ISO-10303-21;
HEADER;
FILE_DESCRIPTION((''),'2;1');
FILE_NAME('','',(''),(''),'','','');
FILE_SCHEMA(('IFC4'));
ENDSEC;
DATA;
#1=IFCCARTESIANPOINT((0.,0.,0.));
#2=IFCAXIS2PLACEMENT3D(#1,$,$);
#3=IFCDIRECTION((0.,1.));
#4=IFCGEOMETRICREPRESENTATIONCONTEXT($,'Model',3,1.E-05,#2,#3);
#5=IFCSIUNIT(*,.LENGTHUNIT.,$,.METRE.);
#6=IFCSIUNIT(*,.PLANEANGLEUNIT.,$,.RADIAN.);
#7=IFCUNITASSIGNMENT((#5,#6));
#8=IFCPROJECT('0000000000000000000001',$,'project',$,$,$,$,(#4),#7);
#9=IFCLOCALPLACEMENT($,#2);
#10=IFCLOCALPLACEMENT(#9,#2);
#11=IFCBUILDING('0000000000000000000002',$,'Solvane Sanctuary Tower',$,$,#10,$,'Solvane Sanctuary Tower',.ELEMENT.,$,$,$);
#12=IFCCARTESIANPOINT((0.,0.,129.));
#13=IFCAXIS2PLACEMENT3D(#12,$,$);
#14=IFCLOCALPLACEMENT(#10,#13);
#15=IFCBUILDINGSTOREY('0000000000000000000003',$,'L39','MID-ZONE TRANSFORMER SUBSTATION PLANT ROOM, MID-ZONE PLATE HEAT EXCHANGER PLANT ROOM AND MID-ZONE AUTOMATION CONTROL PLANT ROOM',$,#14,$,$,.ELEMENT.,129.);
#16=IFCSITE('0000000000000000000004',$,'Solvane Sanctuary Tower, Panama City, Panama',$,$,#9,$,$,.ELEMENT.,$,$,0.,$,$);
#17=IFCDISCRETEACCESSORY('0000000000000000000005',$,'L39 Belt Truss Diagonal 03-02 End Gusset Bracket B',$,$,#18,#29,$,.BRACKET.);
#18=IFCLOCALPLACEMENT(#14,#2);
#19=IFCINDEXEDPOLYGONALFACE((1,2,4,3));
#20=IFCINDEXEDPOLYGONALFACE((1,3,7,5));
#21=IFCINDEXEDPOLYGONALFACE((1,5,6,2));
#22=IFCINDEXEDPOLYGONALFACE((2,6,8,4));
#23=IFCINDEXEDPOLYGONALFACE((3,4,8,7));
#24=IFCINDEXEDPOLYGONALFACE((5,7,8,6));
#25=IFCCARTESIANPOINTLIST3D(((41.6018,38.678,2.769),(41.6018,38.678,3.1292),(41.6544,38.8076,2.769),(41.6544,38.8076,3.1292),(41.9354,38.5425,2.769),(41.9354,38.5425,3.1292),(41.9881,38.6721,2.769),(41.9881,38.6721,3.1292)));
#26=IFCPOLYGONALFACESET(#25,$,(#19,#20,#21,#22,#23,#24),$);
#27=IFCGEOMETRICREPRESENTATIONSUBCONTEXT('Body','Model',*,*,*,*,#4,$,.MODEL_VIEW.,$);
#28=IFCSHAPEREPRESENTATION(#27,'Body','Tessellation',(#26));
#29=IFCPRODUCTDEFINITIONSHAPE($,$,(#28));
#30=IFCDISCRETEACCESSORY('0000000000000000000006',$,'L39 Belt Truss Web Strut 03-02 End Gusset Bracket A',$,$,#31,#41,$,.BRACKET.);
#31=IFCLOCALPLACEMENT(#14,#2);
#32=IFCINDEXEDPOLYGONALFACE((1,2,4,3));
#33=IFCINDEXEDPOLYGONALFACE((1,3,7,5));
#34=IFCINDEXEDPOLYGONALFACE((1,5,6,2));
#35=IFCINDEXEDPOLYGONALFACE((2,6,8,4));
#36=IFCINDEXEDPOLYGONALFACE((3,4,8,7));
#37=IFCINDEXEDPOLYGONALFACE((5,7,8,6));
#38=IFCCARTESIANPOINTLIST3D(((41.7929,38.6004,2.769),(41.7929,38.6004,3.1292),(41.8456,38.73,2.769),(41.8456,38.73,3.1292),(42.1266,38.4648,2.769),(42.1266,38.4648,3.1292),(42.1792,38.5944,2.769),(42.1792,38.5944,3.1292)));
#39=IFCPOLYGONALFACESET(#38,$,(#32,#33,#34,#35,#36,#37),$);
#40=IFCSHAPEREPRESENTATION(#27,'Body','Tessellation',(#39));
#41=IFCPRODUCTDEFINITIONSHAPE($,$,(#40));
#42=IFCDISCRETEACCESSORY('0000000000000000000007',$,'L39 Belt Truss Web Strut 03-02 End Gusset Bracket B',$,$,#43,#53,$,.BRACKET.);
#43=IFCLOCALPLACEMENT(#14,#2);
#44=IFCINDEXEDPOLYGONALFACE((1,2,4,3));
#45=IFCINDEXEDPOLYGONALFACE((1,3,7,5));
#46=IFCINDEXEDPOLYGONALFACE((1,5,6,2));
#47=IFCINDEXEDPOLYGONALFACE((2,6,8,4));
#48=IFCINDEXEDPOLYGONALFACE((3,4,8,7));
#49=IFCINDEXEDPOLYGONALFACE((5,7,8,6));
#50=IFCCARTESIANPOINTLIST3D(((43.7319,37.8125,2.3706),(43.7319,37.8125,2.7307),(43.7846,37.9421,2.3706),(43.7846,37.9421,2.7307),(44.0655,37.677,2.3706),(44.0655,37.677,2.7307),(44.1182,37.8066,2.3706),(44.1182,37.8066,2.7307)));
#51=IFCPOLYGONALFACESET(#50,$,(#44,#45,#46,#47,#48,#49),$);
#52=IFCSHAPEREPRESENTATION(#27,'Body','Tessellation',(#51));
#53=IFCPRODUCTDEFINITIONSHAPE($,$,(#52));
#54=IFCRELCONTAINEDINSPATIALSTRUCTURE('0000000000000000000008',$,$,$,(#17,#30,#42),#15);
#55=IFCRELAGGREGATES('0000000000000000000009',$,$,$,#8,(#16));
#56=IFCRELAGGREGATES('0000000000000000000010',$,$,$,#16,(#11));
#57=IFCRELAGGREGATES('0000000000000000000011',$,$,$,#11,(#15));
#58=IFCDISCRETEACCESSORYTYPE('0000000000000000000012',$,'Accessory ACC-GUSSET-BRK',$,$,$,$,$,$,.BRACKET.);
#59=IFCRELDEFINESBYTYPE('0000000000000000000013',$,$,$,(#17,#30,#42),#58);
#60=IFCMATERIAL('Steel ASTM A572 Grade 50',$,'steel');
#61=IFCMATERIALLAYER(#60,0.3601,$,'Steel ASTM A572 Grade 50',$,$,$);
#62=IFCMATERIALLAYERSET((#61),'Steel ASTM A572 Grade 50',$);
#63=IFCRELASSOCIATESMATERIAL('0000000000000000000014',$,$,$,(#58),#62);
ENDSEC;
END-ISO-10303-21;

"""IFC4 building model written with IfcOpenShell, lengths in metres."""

from ifc_helpers import new_model, si_unit, direction, frame, origin, origin_2d, place, context, subcontext, project, spatial, rectangle, extrude, material, layer, layer_set, type_object, element, save


model = new_model("IFC4")

# Units and contexts
model_context = context("Model", 3, precision=1e-05, world=origin(), true_north=direction((0.0, 1.0)))
body_context = subcontext(model_context, "Body", "Model", "MODEL_VIEW")
ifc_project = project(units=[si_unit("LENGTHUNIT", "METRE"), si_unit("PLANEANGLEUNIT", "RADIAN")], contexts=[model_context])

# Site, building, storey
site_placement = place(None, origin())
site = spatial("IfcSite", under=ifc_project, at=site_placement, Name="Solvane Sanctuary Tower, Panama City, Panama", CompositionType="ELEMENT", RefElevation=0.0)
building_placement = place(site_placement, origin())
building = spatial("IfcBuilding", under=site, at=building_placement, Name="Solvane Sanctuary Tower", LongName="Solvane Sanctuary Tower", CompositionType="ELEMENT")
storey_placement = place(building_placement, frame((0.0, 0.0, 129.0)))
storey = spatial("IfcBuildingStorey", under=building, at=storey_placement, Name="L39", Description="MID-ZONE TRANSFORMER SUBSTATION PLANT ROOM, MID-ZONE PLATE HEAT EXCHANGER PLANT ROOM AND MID-ZONE AUTOMATION CONTROL PLANT ROOM", CompositionType="ELEMENT", Elevation=129.0)

# Discrete accessories
ifc_material_1 = material(Name="Steel ASTM A572 Grade 50", Category="steel")
ifc_layer_1 = layer(ifc_material_1, 0.3601, Name="Steel ASTM A572 Grade 50")
ifc_layer_set_1 = layer_set([ifc_layer_1], Name="Steel ASTM A572 Grade 50")
discrete_accessory_type = type_object("IfcDiscreteAccessoryType", Name="Accessory ACC-GUSSET-BRK", PredefinedType="BRACKET", material=ifc_layer_set_1)
for number, where, z_axis, x_axis, name in (
    (1, (41.7949, 38.675, 2.769), (0.0, 0.0, 1.0), (0.926463, -0.376386, 0.0), "L39 Belt Truss Diagonal 03-02 End Gusset Bracket B"),
    (2, (41.9861, 38.5974, 2.769), (0.0, 0.0, 1.0), (0.926463, -0.376386, 0.0), "L39 Belt Truss Web Strut 03-02 End Gusset Bracket A"),
    (3, (43.925, 37.8096, 2.3706), (0.0, 0.0, 1.0), (0.926463, -0.376386, 0.0), "L39 Belt Truss Web Strut 03-02 End Gusset Bracket B"),
):
    element("IfcDiscreteAccessory", number, at=place(storey_placement, frame(where, z_axis=z_axis, x_axis=x_axis)), inside=storey, type_object=discrete_accessory_type, Name=name, PredefinedType="BRACKET", context=body_context, shape_type="SweptSolid", body=[
        extrude(rectangle(XDim=0.3601, YDim=0.1399, at=origin_2d()), origin(), (0.0, 0.0, 1.0), 0.3601),
    ])

save(model, "model.ifc")
